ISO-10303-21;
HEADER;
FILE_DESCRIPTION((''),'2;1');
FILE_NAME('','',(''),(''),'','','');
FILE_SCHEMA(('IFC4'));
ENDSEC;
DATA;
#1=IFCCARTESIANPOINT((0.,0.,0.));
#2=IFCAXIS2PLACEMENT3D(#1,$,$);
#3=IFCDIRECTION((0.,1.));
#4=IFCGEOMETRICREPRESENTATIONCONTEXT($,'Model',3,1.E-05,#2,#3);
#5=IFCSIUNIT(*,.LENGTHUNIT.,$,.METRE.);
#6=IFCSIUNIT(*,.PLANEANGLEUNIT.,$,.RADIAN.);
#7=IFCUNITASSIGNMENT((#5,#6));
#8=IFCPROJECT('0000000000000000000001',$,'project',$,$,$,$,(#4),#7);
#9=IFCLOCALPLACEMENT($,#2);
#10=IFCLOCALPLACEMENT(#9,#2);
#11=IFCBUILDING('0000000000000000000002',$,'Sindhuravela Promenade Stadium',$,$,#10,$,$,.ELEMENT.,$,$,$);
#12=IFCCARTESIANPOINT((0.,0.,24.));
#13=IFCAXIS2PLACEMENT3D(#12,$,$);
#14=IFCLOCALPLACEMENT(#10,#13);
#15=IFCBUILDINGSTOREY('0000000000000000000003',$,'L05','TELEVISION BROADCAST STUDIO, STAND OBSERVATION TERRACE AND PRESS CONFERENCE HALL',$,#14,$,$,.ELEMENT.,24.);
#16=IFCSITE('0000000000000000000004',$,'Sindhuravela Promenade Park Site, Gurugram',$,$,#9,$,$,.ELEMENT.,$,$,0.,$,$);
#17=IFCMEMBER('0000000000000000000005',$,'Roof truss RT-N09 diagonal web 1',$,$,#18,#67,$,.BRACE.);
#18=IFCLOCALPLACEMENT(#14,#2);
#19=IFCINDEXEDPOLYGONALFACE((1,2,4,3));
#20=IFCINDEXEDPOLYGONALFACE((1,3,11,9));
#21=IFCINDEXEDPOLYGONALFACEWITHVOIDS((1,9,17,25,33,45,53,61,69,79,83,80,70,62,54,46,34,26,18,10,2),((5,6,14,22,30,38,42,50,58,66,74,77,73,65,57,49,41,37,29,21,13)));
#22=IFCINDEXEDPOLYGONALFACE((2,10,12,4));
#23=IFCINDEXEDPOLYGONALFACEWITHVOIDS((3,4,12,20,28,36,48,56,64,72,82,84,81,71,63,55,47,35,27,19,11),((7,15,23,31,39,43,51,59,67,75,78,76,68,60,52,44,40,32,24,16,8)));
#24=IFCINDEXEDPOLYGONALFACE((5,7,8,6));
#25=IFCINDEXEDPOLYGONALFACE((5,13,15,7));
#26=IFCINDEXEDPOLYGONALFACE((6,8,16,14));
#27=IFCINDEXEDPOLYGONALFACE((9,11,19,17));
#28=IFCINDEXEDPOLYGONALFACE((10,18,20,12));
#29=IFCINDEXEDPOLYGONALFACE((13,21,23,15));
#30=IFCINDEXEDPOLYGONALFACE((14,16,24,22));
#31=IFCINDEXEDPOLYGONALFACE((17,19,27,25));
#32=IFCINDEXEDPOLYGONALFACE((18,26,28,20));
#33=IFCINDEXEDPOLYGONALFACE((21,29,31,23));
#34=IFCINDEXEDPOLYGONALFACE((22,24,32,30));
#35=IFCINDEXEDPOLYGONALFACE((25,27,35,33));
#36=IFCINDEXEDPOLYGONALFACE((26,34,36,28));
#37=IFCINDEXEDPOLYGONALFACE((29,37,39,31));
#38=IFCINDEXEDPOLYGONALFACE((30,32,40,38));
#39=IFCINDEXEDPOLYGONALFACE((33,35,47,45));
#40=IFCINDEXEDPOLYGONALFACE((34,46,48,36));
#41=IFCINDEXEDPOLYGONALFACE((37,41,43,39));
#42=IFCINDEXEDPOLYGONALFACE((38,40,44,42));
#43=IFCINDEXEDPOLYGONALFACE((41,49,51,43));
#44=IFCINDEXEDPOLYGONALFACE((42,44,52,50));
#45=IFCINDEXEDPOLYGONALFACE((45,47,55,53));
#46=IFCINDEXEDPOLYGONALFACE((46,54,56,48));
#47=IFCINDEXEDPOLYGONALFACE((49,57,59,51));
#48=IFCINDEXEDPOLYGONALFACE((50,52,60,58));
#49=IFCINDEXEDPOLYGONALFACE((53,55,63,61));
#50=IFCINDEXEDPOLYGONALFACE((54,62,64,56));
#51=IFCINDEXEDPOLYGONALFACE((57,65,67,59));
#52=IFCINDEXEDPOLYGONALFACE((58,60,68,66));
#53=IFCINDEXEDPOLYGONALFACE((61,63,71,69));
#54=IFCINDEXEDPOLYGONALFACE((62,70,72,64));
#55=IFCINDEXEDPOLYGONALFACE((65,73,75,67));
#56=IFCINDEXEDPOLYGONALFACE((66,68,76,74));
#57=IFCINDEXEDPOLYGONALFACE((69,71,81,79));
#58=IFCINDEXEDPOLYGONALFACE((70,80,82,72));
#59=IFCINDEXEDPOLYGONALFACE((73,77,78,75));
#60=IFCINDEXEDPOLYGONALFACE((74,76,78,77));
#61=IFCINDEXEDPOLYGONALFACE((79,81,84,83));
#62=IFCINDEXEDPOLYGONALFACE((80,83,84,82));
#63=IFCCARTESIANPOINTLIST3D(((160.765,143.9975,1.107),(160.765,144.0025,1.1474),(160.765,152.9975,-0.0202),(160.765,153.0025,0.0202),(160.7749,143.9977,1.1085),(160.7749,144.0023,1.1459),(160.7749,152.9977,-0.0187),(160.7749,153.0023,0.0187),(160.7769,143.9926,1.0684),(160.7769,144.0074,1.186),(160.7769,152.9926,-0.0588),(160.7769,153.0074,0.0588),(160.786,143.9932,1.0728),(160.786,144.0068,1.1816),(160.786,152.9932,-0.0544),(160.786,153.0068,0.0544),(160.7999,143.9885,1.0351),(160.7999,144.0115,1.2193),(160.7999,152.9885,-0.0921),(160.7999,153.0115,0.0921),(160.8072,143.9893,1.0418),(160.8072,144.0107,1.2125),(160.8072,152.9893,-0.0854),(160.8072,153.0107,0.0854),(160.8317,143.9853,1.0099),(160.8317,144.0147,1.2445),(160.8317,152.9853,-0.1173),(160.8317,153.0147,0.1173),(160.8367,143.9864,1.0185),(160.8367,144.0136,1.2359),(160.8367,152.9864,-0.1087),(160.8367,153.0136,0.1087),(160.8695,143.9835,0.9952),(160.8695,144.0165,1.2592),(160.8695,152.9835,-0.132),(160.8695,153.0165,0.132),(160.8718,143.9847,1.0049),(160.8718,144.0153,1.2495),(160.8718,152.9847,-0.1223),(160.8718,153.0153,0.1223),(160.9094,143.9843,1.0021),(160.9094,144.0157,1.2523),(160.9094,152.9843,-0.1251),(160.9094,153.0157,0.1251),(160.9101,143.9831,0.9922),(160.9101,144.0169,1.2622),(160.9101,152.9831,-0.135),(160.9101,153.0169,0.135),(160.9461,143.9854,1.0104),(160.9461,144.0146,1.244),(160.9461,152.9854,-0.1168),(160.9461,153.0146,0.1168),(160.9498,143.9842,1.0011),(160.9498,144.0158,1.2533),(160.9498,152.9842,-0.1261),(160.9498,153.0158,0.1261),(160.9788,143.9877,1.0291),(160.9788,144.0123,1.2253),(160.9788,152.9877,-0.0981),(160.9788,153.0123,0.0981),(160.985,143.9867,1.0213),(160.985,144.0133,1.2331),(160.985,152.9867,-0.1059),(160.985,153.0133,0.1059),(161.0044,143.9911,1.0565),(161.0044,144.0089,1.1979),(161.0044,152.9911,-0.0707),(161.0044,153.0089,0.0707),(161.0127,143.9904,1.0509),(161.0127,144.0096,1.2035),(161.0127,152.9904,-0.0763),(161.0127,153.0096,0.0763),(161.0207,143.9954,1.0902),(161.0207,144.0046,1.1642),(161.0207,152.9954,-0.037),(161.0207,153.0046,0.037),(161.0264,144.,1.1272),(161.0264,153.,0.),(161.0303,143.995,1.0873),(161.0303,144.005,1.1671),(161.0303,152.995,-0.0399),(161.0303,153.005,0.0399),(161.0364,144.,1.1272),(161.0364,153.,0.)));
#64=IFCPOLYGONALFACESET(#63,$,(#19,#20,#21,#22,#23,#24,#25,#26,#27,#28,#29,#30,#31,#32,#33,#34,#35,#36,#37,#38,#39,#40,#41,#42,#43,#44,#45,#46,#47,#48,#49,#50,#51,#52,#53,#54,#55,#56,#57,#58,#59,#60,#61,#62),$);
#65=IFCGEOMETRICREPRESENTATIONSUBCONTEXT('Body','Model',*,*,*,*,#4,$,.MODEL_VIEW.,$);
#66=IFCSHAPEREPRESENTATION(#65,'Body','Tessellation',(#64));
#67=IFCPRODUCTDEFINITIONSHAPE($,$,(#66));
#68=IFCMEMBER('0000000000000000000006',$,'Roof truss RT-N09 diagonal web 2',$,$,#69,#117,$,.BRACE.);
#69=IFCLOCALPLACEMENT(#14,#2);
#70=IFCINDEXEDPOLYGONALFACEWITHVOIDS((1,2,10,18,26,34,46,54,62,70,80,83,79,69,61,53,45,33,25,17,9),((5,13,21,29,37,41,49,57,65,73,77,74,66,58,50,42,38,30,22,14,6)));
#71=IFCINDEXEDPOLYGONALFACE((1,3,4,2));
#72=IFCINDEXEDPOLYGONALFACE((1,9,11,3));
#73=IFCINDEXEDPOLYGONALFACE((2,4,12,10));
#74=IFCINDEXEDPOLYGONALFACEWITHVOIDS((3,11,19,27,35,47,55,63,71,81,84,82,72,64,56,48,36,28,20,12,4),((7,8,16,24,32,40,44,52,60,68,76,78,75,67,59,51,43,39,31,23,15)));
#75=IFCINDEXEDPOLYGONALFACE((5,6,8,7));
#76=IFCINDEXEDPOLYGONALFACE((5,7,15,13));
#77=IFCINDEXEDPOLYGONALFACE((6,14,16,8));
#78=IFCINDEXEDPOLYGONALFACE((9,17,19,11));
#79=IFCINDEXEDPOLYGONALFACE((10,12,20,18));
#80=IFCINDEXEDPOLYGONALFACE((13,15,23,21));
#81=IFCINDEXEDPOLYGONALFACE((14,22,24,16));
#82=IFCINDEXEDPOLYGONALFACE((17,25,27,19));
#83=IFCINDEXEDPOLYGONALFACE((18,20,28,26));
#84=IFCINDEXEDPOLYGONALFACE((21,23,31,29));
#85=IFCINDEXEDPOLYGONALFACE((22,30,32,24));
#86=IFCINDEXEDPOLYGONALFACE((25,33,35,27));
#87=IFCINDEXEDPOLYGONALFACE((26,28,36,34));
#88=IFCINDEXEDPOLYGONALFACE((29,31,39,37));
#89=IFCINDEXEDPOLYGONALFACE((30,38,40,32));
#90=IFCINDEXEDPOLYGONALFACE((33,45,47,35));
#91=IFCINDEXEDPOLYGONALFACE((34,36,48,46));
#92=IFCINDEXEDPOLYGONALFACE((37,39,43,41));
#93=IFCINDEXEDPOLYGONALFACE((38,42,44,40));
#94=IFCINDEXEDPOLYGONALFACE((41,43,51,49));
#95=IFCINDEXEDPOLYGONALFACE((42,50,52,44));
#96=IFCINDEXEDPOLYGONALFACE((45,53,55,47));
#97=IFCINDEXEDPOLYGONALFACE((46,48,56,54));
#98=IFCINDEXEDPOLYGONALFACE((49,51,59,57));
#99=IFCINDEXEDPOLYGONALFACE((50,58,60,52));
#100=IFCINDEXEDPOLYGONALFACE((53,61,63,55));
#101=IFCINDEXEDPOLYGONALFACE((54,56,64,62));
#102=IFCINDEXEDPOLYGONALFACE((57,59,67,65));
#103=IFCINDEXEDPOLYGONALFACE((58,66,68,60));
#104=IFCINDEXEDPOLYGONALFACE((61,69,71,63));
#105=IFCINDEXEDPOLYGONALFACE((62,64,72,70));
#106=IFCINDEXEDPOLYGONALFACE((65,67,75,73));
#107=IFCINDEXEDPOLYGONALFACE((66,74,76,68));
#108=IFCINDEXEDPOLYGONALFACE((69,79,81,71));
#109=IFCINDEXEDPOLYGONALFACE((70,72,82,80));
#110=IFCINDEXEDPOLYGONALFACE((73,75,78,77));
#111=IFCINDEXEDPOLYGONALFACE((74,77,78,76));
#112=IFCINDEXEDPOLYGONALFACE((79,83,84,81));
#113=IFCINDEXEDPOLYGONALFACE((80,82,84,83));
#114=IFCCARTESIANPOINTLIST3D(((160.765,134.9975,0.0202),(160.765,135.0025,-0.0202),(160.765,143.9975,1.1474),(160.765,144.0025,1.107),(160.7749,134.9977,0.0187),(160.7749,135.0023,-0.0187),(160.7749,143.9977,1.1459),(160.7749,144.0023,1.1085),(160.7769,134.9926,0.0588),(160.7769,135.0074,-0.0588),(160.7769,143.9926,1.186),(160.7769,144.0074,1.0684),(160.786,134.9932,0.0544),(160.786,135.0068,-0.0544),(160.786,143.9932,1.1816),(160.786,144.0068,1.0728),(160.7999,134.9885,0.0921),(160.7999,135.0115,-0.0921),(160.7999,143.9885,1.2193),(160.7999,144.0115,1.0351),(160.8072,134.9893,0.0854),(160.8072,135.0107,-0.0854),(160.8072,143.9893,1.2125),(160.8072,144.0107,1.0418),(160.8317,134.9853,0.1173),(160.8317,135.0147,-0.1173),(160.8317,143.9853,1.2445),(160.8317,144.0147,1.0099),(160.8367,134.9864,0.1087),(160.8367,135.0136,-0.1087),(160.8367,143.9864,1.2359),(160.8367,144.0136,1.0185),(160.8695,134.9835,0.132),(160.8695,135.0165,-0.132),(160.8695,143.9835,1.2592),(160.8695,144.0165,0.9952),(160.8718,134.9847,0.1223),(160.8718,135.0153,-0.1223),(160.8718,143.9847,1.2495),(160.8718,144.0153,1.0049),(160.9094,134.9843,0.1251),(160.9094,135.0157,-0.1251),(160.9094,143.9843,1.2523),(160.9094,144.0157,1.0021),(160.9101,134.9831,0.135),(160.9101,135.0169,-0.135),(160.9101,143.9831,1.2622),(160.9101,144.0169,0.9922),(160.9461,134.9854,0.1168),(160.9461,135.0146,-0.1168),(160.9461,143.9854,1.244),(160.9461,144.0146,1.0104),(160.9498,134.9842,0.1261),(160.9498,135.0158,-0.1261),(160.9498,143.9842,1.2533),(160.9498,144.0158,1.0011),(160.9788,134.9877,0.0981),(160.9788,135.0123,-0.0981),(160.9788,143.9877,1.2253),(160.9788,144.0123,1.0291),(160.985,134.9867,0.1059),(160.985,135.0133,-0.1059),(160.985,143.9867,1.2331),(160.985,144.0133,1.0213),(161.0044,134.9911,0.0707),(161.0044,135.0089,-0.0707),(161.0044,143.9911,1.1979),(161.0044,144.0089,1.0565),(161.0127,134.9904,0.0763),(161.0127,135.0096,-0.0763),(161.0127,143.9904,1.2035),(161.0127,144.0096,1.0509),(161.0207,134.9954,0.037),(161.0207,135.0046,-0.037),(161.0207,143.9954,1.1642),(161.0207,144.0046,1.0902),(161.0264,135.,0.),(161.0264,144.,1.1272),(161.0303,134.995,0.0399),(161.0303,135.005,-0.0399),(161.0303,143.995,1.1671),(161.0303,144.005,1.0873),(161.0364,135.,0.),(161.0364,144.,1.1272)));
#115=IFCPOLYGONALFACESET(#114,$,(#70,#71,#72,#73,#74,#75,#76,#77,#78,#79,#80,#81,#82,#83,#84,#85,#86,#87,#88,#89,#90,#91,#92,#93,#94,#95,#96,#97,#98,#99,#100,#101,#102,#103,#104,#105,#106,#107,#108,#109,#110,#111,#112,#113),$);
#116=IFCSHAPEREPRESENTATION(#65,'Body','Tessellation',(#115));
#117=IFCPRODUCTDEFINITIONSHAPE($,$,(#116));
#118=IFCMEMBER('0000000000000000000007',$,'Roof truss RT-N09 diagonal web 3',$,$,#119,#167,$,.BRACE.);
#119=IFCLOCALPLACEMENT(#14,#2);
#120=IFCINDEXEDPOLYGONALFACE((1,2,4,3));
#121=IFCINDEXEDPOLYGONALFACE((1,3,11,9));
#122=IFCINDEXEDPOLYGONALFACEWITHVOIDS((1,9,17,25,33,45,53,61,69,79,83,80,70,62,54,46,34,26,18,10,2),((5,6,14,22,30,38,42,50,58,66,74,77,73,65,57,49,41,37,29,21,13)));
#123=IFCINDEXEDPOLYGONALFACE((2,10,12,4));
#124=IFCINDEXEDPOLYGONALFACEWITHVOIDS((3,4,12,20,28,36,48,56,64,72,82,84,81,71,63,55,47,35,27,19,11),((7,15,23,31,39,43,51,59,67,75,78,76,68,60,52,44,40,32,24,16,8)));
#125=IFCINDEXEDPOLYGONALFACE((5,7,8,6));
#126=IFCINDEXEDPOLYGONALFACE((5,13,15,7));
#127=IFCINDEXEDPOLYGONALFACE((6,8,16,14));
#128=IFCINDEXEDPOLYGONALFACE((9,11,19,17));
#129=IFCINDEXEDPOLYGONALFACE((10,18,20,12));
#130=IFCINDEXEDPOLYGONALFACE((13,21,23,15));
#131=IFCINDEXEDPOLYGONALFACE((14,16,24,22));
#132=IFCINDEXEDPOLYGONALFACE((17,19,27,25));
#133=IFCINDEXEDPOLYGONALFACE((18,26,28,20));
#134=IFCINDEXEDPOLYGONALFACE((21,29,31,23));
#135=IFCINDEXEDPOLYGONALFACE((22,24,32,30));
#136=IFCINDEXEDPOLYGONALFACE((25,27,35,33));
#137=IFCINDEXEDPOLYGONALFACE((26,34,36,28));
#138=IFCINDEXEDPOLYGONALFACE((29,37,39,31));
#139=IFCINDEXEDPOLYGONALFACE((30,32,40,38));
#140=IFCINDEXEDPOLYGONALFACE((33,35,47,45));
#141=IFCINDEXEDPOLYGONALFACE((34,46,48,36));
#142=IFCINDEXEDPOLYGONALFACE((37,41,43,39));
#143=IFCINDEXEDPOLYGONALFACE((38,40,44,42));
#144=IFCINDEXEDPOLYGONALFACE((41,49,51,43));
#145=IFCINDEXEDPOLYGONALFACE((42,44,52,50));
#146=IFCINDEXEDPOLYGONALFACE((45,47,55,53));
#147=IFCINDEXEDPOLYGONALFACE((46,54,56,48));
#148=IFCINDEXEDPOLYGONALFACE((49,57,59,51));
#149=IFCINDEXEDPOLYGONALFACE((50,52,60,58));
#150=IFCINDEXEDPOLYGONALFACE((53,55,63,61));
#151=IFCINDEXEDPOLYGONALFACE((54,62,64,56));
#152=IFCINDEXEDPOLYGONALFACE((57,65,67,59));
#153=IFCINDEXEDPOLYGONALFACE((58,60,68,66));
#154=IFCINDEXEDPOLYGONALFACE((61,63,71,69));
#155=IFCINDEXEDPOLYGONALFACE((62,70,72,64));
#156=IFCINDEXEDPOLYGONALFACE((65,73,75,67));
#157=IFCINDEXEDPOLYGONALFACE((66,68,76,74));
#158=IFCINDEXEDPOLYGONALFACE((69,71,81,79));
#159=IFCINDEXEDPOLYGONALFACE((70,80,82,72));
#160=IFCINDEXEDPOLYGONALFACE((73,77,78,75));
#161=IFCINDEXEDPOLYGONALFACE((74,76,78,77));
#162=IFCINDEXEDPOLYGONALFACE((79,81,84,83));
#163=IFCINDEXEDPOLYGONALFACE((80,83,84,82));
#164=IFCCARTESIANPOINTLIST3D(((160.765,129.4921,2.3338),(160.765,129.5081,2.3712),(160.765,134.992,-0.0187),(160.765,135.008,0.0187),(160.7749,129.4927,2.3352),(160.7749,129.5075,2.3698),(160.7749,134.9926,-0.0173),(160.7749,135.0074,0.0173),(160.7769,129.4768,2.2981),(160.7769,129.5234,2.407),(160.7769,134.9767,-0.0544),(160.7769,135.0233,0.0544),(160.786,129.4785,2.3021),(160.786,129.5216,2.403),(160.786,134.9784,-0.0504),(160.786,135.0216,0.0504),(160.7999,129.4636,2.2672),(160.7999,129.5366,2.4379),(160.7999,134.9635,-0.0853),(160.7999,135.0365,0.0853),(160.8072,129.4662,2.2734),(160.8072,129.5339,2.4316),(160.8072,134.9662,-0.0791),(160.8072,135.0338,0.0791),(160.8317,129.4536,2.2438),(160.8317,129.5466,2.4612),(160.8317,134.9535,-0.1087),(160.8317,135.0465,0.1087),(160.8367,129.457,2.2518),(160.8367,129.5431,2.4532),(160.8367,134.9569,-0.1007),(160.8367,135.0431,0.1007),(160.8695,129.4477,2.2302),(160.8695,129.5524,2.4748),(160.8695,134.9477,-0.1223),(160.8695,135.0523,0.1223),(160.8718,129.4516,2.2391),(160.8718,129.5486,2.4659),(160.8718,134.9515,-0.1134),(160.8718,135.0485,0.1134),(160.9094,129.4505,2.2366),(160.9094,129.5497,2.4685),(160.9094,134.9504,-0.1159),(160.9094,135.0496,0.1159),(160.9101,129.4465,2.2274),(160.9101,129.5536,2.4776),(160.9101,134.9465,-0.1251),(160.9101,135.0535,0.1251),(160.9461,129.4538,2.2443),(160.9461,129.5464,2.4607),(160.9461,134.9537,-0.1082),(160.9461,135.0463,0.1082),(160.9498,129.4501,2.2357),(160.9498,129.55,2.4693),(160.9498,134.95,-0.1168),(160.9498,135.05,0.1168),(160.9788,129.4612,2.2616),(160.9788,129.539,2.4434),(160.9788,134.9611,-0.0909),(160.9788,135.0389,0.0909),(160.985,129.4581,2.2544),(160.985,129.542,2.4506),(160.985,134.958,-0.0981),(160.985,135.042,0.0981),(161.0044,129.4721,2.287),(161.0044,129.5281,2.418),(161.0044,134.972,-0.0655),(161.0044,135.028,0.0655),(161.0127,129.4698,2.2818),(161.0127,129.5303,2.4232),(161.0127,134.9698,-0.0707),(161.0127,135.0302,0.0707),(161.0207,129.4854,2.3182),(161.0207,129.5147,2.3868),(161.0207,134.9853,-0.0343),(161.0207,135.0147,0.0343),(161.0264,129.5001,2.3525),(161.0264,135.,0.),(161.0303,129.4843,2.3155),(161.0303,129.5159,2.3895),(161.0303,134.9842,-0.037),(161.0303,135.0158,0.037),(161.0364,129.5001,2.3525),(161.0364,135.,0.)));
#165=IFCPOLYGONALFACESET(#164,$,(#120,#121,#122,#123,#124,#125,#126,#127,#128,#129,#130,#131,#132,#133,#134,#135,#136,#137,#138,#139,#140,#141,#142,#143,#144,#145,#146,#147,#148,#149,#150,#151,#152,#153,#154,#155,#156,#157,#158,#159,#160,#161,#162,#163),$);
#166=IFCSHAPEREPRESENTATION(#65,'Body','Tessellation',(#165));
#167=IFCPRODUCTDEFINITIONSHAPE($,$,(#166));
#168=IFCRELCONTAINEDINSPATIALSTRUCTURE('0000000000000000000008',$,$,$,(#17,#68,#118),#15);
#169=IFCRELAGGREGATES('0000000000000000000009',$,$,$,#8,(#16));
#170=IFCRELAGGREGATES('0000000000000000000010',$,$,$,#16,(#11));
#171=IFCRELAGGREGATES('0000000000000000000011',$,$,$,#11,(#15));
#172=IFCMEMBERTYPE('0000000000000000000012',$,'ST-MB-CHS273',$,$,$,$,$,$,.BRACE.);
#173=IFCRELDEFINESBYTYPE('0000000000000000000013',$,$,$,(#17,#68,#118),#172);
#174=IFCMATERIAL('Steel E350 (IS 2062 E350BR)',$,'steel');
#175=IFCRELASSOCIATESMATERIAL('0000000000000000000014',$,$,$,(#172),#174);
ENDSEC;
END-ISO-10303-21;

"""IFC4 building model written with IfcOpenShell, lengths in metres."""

from ifc_helpers import new_model, si_unit, direction, frame, origin, origin_2d, place, context, subcontext, project, spatial, hollow_circle, extrude, material, material_profile, profile_set, type_object, element, save


model = new_model("IFC4")

# Units and contexts
model_context = context("Model", 3, precision=1e-05, world=origin(), true_north=direction((0.0, 1.0)))
body_context = subcontext(model_context, "Body", "Model", "MODEL_VIEW")
ifc_project = project(units=[si_unit("LENGTHUNIT", "METRE"), si_unit("PLANEANGLEUNIT", "RADIAN")], contexts=[model_context])

# Site, building, storey
site_placement = place(None, origin())
site = spatial("IfcSite", under=ifc_project, at=site_placement, Name="Sindhuravela Promenade Park Site, Gurugram", CompositionType="ELEMENT", RefElevation=0.0)
building_placement = place(site_placement, origin())
building = spatial("IfcBuilding", under=site, at=building_placement, Name="Sindhuravela Promenade Stadium", CompositionType="ELEMENT")
storey_placement = place(building_placement, frame((0.0, 0.0, 24.0)))
storey = spatial("IfcBuildingStorey", under=building, at=storey_placement, Name="L05", Description="TELEVISION BROADCAST STUDIO, STAND OBSERVATION TERRACE AND PRESS CONFERENCE HALL", CompositionType="ELEMENT", Elevation=24.0)

# Shared definitions
ifc_material_1 = material(Name="Steel E350 (IS 2062 E350BR)", Category="steel")

# Members
ifc_material_profile_1 = material_profile(ifc_material_1, hollow_circle(Radius=0.1365, WallThickness=0.01, at=origin_2d()), Name="CHS 273.0x10")
ifc_profile_set_1 = profile_set([ifc_material_profile_1], Name="Steel E350 (IS 2062 E350BR)")
member_type_1 = type_object("IfcMemberType", Name="ST-MB-CHS273", PredefinedType="BRACE", material=ifc_profile_set_1)
for number, where, z_axis, x_axis, name in (
    (1, (160.8999, 153.0, 0.0), (0.0, -0.992248, 0.124273), (1.0, 0.0, 0.0), "Roof truss RT-N09 diagonal web 1"),
    (2, (160.8999, 144.0, 1.1272), (0.0, -0.992248, -0.124273), (1.0, 0.0, 0.0), "Roof truss RT-N09 diagonal web 2"),
):
    element("IfcMember", number, at=place(storey_placement, frame(where, z_axis=z_axis, x_axis=x_axis)), inside=storey, type_object=member_type_1, Name=name, PredefinedType="BRACE", context=body_context, shape_type="SweptSolid", body=[
        extrude(hollow_circle(Radius=0.1365, WallThickness=0.01, at=origin_2d()), origin(), (0.0, 0.0, 1.0), 9.0703),
    ])
member_1_placement = place(storey_placement, frame((160.8999, 135.0, 0.0), z_axis=(0.0, -0.919423, 0.393269), x_axis=(1.0, 0.0, 0.0)))
element("IfcMember", 3, at=member_1_placement, inside=storey, type_object=member_type_1, Name="Roof truss RT-N09 diagonal web 3", PredefinedType="BRACE", context=body_context, shape_type="SweptSolid", body=[
    extrude(hollow_circle(Radius=0.1365, WallThickness=0.01, at=origin_2d()), origin(), (0.0, 0.0, 1.0), 5.9819),
])

save(model, "model.ifc")
